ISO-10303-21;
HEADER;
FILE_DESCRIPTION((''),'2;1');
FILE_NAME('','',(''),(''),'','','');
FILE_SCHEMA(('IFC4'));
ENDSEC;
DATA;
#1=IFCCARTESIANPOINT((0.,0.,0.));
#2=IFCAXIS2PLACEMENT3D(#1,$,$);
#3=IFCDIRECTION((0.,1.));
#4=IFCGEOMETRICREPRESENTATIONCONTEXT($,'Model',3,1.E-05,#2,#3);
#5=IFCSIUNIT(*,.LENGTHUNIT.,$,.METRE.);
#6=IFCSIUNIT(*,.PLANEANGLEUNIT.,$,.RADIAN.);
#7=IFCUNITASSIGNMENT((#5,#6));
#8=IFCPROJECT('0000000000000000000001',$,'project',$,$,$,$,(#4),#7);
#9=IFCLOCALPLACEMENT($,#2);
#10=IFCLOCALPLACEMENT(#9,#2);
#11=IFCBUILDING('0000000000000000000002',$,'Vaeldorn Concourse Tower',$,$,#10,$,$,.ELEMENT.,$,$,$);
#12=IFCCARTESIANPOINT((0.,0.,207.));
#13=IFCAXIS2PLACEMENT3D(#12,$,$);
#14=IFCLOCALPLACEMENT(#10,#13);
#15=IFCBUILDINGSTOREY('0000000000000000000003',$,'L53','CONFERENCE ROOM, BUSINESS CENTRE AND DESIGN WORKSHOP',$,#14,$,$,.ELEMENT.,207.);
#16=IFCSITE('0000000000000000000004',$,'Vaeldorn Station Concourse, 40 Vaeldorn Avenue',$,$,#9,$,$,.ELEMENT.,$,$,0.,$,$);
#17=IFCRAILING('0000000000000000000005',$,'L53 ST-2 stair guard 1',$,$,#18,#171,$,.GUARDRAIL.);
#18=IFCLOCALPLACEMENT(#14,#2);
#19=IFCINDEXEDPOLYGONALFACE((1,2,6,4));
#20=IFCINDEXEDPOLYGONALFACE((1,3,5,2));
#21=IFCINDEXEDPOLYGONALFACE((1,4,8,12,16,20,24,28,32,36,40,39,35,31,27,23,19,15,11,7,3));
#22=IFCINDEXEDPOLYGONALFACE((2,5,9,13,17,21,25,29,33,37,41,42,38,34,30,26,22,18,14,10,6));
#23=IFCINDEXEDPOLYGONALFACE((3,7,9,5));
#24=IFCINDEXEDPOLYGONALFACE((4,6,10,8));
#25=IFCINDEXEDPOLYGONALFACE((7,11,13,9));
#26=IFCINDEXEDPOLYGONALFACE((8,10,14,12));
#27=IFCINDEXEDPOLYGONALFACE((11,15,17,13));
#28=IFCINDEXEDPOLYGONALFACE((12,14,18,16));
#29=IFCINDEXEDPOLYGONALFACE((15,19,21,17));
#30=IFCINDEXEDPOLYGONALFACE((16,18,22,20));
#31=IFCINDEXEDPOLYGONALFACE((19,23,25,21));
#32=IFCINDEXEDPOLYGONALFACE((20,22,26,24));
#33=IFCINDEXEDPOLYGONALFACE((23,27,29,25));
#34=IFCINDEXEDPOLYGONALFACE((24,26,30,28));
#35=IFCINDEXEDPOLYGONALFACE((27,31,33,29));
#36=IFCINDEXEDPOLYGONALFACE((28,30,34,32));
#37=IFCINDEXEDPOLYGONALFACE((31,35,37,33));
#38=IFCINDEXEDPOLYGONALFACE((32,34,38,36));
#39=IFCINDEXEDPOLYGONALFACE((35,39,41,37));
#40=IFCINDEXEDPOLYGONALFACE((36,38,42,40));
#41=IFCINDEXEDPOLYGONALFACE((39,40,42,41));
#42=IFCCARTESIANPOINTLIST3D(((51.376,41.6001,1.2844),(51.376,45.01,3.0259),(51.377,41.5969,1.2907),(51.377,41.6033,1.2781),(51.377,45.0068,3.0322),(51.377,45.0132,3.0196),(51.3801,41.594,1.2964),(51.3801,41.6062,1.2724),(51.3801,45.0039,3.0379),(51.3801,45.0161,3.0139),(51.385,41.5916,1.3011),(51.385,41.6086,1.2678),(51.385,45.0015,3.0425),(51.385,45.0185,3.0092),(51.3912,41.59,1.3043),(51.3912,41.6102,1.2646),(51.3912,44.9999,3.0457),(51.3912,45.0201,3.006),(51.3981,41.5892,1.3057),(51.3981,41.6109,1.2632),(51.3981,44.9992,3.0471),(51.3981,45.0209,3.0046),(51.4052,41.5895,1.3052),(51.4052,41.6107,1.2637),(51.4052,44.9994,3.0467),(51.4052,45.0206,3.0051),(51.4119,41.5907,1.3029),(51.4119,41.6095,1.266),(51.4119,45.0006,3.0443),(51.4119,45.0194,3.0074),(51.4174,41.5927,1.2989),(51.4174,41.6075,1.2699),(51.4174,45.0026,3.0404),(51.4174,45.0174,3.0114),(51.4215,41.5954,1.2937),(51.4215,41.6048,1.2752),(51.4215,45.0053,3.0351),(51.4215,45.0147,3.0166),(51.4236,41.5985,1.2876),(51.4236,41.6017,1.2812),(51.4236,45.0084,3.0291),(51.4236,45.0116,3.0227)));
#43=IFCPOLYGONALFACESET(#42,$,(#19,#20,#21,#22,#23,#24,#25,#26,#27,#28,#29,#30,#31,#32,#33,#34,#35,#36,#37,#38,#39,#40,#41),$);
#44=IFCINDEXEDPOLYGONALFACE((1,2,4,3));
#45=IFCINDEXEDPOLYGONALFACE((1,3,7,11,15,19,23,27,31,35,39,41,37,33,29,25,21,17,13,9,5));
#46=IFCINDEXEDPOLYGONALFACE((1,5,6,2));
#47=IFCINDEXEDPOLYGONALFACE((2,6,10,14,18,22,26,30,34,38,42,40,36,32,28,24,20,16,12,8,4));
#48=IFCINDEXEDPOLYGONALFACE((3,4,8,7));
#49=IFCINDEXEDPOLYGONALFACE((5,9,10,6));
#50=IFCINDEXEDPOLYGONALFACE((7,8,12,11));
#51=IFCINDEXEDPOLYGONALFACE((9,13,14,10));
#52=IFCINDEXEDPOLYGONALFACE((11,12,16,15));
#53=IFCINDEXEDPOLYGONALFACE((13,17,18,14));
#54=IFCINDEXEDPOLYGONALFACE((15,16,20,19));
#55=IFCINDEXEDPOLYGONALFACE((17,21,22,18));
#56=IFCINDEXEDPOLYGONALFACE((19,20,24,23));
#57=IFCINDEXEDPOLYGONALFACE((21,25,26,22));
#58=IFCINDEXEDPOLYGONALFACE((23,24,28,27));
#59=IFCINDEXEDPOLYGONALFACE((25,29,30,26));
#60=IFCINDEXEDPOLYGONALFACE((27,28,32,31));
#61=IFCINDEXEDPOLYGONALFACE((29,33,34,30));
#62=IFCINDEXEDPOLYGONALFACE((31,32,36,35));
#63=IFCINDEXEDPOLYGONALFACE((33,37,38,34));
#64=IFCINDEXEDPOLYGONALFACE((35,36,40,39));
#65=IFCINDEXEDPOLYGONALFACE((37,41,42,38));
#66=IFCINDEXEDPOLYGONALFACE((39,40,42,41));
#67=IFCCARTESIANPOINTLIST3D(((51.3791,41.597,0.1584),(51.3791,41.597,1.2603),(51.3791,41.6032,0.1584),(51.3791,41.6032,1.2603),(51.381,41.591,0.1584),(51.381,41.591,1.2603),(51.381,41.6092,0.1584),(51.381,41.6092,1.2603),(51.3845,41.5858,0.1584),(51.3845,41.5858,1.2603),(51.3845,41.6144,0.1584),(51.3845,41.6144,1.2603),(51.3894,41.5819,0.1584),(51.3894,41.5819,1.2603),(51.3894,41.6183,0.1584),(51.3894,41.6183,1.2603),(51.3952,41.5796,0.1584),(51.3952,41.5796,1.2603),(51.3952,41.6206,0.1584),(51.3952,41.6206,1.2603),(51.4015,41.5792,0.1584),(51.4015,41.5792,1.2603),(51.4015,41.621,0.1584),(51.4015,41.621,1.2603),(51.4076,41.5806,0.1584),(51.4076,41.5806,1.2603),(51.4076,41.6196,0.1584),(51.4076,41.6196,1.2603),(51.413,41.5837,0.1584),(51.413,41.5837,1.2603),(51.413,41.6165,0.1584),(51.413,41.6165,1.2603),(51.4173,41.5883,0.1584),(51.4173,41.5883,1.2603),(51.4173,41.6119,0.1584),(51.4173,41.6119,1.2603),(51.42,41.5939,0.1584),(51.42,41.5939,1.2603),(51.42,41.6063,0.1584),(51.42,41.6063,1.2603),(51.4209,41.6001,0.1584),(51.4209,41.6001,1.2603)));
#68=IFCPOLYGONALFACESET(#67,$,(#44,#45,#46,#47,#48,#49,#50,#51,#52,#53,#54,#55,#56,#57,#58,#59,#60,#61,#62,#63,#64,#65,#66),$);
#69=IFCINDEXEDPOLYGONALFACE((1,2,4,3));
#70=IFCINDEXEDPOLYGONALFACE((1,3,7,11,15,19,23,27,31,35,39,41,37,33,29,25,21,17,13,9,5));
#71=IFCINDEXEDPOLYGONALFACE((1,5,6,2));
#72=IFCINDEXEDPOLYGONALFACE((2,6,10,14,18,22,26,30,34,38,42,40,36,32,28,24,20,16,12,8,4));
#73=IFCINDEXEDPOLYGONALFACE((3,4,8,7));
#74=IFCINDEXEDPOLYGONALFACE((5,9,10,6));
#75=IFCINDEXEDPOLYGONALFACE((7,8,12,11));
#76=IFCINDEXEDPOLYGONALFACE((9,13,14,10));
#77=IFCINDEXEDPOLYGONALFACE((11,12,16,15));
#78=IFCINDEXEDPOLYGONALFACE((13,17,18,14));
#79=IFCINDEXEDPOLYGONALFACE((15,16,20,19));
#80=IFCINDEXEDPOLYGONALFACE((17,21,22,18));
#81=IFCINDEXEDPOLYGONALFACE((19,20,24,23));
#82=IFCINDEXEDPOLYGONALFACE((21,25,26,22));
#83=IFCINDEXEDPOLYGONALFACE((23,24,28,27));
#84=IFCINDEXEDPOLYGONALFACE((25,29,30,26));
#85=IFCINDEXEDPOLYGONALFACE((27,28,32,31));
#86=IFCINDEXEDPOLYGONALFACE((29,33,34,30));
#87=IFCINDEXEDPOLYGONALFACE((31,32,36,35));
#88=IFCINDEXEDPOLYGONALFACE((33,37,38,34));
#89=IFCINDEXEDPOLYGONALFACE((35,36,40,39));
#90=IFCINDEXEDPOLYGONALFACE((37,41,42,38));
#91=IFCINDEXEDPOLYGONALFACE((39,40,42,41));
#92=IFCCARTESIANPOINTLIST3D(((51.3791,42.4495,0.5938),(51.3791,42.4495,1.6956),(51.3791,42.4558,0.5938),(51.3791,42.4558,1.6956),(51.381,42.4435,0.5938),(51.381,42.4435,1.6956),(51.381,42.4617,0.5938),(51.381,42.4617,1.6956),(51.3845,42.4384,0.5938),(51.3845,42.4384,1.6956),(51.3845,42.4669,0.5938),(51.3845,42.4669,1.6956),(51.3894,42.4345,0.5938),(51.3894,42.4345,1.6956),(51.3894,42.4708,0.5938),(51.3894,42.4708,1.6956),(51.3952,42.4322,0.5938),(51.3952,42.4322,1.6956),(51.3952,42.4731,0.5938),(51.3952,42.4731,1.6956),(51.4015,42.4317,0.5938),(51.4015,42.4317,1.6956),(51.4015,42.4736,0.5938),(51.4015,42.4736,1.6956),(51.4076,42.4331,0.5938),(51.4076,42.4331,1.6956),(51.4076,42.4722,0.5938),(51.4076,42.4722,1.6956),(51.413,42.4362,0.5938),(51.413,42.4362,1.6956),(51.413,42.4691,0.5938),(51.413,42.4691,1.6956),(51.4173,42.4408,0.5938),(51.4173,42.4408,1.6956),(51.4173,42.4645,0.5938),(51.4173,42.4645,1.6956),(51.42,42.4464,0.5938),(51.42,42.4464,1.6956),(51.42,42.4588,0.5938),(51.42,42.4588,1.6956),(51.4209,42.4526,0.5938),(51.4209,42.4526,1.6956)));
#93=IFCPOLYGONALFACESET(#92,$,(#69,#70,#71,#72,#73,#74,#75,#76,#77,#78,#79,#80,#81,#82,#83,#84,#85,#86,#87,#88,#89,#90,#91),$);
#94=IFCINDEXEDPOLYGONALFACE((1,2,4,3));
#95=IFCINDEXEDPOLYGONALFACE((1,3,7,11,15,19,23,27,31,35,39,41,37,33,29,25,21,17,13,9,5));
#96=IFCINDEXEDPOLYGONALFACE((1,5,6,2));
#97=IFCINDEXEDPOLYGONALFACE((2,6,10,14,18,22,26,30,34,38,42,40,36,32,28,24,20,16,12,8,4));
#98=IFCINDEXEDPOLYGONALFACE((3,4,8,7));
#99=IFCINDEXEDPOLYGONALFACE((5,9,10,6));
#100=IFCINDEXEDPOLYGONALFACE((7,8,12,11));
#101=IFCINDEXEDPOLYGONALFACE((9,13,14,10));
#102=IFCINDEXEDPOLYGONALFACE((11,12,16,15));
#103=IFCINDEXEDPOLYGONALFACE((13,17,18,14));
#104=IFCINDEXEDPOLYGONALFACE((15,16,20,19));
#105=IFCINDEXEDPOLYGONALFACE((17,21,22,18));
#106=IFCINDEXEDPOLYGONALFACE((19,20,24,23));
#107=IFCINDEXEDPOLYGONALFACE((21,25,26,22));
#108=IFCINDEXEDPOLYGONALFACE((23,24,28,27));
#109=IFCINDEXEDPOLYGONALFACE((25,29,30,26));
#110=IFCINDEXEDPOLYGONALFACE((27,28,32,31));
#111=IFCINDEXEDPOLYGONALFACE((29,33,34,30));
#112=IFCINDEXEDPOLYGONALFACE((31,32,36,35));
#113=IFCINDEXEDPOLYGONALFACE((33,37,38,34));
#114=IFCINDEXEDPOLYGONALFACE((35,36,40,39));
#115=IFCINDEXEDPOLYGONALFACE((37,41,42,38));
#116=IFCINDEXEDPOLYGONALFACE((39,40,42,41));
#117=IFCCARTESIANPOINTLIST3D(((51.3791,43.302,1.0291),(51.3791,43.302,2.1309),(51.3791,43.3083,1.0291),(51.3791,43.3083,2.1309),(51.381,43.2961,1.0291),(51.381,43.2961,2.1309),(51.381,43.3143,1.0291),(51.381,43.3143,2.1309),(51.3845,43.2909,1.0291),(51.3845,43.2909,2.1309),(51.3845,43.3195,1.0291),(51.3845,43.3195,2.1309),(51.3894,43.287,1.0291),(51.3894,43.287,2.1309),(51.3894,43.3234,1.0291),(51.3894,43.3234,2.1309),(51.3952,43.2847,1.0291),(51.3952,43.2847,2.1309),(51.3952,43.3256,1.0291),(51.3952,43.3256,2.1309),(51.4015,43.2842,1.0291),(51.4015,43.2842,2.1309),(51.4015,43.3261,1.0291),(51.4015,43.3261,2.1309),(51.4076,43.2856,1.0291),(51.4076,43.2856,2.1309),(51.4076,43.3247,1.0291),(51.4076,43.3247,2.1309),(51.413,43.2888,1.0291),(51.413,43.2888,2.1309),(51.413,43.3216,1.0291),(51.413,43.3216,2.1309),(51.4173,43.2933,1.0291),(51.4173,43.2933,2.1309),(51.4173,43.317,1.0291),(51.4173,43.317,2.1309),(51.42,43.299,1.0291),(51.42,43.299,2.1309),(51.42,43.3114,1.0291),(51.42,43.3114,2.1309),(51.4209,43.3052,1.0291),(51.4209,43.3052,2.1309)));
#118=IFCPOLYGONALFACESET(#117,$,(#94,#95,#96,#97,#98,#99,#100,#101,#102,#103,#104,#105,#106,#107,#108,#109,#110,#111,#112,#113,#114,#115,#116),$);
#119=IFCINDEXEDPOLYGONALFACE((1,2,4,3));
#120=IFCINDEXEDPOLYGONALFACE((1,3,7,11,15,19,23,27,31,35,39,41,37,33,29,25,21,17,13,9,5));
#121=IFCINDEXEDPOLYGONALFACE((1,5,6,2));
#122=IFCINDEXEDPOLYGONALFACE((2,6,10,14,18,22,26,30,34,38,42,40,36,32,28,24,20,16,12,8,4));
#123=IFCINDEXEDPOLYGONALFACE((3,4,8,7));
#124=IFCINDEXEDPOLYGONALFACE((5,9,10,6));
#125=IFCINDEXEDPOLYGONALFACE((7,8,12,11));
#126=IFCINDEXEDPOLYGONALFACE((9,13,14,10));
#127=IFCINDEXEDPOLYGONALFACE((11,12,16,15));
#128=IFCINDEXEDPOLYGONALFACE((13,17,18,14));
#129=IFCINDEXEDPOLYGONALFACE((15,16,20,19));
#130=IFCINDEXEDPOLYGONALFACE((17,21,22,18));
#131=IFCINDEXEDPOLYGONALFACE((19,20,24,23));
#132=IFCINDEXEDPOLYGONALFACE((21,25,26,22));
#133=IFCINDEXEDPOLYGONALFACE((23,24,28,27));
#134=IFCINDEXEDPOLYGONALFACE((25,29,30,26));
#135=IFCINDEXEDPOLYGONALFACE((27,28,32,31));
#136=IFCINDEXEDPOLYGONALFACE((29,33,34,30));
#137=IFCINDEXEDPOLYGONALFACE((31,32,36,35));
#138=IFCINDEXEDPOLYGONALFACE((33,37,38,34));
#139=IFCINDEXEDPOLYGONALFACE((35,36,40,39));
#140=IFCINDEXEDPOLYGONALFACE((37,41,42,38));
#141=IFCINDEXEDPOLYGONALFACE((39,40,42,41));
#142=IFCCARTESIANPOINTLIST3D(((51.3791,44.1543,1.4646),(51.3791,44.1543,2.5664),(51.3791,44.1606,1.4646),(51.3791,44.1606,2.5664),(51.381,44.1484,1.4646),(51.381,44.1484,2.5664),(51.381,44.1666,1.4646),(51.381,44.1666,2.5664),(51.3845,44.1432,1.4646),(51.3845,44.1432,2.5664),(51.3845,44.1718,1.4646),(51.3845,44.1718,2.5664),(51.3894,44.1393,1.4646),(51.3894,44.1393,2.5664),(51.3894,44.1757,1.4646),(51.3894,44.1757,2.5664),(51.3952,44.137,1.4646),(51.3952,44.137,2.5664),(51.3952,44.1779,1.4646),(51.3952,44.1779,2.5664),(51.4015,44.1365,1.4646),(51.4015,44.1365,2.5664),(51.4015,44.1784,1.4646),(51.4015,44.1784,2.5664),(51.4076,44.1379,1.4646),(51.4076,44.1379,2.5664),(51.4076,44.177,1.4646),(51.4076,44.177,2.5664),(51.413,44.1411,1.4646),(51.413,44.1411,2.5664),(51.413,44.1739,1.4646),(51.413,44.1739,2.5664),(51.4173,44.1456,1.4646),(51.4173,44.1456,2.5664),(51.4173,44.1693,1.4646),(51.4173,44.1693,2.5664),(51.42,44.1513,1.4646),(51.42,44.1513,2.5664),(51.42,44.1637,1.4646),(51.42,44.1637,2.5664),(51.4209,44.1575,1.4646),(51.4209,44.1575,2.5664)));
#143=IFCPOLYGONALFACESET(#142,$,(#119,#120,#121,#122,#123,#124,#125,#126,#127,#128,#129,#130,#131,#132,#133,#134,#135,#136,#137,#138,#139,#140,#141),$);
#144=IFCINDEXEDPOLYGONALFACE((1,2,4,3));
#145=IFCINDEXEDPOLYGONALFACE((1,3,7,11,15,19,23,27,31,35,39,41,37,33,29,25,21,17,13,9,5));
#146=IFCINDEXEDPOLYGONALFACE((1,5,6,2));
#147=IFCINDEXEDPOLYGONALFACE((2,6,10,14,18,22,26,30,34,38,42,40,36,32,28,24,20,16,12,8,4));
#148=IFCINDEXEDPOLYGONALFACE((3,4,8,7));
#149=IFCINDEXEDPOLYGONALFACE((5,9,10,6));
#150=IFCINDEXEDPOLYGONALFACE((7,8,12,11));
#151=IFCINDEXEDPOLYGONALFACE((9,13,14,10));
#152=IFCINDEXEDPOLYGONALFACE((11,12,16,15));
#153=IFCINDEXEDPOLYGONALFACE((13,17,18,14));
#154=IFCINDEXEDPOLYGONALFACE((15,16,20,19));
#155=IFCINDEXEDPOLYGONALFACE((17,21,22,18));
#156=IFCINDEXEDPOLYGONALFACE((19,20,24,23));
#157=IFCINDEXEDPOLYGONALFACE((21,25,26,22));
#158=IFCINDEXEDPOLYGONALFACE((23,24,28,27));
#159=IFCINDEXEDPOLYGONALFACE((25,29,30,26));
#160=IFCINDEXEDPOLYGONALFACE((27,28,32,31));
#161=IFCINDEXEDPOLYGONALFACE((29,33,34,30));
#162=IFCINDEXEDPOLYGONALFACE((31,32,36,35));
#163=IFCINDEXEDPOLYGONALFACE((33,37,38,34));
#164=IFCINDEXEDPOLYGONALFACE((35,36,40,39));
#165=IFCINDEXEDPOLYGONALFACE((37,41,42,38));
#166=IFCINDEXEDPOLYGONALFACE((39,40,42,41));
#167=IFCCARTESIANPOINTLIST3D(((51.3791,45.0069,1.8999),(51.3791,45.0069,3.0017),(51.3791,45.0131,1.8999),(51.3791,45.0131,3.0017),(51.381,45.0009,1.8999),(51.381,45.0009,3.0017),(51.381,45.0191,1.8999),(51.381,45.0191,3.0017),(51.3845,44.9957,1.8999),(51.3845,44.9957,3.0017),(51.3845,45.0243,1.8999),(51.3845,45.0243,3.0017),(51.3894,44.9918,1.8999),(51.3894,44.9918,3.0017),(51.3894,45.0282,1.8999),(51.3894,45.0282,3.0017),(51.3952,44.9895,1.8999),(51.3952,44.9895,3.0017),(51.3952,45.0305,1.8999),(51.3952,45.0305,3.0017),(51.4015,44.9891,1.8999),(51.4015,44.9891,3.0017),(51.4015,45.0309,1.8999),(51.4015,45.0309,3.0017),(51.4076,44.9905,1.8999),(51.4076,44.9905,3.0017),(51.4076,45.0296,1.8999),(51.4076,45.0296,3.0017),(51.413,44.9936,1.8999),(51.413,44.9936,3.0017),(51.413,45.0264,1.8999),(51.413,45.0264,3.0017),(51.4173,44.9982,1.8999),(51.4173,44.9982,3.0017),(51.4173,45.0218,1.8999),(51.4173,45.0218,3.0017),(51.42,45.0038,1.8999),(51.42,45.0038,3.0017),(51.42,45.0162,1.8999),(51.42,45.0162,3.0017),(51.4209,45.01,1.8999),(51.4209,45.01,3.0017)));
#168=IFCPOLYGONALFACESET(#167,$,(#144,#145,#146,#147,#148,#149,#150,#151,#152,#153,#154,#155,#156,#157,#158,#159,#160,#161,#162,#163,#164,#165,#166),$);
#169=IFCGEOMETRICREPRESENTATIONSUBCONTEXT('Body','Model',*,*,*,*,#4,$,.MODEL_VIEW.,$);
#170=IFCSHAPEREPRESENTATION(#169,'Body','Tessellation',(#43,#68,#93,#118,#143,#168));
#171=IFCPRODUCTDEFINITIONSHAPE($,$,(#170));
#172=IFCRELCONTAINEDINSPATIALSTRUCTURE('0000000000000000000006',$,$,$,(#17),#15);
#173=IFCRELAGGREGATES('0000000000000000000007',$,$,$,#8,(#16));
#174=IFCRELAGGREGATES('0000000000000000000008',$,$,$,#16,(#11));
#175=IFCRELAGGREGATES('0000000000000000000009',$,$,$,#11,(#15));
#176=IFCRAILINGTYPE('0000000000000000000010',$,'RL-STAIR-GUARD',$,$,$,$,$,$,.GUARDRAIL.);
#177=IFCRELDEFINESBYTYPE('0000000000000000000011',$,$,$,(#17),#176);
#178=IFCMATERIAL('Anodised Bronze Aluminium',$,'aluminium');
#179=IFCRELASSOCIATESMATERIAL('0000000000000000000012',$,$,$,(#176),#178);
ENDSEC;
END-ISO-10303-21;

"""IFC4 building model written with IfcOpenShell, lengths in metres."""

from ifc_helpers import new_model, si_unit, direction, frame, origin, origin_2d, place, context, subcontext, project, spatial, circle, extrude, material, type_object, element, save


model = new_model("IFC4")

# Units and contexts
model_context = context("Model", 3, precision=1e-05, world=origin(), true_north=direction((0.0, 1.0)))
body_context = subcontext(model_context, "Body", "Model", "MODEL_VIEW")
ifc_project = project(units=[si_unit("LENGTHUNIT", "METRE"), si_unit("PLANEANGLEUNIT", "RADIAN")], contexts=[model_context])

# Site, building, storey
site_placement = place(None, origin())
site = spatial("IfcSite", under=ifc_project, at=site_placement, Name="Vaeldorn Station Concourse, 40 Vaeldorn Avenue", CompositionType="ELEMENT", RefElevation=0.0)
building_placement = place(site_placement, origin())
building = spatial("IfcBuilding", under=site, at=building_placement, Name="Vaeldorn Concourse Tower", CompositionType="ELEMENT")
storey_placement = place(building_placement, frame((0.0, 0.0, 207.0)))
storey = spatial("IfcBuildingStorey", under=building, at=storey_placement, Name="L53", Description="CONFERENCE ROOM, BUSINESS CENTRE AND DESIGN WORKSHOP", CompositionType="ELEMENT", Elevation=207.0)

# Shared definitions
ifc_material_1 = material(Name="Anodised Bronze Aluminium", Category="aluminium")

# Railing
railing_type_1 = type_object("IfcRailingType", Name="RL-STAIR-GUARD", PredefinedType="GUARDRAIL", material=ifc_material_1)
railing_1_placement = place(storey_placement, frame((51.3999, 41.6001, 0.1584)))
element("IfcRailing", 1, at=railing_1_placement, inside=storey, type_object=railing_type_1, Name="L53 ST-2 stair guard 1", PredefinedType="GUARDRAIL", context=body_context, shape_type="SweptSolid", body=[
    extrude(circle(Radius=0.0239, at=origin_2d()), frame((0.0, 0.0, 1.126), z_axis=(0.0, 0.890582, 0.454823), x_axis=(-1.0, 0.0, 0.0)), (0.0, 0.0, 1.0), 3.8289),
    extrude(circle(Radius=0.021, at=origin_2d()), origin(), (0.0, 0.0, 1.0), 1.1018),
    extrude(circle(Radius=0.021, at=origin_2d()), frame((0.0, 0.8525, 0.4353)), (0.0, 0.0, 1.0), 1.1018),
    extrude(circle(Radius=0.021, at=origin_2d()), frame((0.0, 1.7051, 0.8706)), (0.0, 0.0, 1.0), 1.1018),
    extrude(circle(Radius=0.021, at=origin_2d()), frame((0.0, 2.5574, 1.3062)), (0.0, 0.0, 1.0), 1.1018),
    extrude(circle(Radius=0.021, at=origin_2d()), frame((0.0, 3.4099, 1.7415)), (0.0, 0.0, 1.0), 1.1018),
])

save(model, "model.ifc")
